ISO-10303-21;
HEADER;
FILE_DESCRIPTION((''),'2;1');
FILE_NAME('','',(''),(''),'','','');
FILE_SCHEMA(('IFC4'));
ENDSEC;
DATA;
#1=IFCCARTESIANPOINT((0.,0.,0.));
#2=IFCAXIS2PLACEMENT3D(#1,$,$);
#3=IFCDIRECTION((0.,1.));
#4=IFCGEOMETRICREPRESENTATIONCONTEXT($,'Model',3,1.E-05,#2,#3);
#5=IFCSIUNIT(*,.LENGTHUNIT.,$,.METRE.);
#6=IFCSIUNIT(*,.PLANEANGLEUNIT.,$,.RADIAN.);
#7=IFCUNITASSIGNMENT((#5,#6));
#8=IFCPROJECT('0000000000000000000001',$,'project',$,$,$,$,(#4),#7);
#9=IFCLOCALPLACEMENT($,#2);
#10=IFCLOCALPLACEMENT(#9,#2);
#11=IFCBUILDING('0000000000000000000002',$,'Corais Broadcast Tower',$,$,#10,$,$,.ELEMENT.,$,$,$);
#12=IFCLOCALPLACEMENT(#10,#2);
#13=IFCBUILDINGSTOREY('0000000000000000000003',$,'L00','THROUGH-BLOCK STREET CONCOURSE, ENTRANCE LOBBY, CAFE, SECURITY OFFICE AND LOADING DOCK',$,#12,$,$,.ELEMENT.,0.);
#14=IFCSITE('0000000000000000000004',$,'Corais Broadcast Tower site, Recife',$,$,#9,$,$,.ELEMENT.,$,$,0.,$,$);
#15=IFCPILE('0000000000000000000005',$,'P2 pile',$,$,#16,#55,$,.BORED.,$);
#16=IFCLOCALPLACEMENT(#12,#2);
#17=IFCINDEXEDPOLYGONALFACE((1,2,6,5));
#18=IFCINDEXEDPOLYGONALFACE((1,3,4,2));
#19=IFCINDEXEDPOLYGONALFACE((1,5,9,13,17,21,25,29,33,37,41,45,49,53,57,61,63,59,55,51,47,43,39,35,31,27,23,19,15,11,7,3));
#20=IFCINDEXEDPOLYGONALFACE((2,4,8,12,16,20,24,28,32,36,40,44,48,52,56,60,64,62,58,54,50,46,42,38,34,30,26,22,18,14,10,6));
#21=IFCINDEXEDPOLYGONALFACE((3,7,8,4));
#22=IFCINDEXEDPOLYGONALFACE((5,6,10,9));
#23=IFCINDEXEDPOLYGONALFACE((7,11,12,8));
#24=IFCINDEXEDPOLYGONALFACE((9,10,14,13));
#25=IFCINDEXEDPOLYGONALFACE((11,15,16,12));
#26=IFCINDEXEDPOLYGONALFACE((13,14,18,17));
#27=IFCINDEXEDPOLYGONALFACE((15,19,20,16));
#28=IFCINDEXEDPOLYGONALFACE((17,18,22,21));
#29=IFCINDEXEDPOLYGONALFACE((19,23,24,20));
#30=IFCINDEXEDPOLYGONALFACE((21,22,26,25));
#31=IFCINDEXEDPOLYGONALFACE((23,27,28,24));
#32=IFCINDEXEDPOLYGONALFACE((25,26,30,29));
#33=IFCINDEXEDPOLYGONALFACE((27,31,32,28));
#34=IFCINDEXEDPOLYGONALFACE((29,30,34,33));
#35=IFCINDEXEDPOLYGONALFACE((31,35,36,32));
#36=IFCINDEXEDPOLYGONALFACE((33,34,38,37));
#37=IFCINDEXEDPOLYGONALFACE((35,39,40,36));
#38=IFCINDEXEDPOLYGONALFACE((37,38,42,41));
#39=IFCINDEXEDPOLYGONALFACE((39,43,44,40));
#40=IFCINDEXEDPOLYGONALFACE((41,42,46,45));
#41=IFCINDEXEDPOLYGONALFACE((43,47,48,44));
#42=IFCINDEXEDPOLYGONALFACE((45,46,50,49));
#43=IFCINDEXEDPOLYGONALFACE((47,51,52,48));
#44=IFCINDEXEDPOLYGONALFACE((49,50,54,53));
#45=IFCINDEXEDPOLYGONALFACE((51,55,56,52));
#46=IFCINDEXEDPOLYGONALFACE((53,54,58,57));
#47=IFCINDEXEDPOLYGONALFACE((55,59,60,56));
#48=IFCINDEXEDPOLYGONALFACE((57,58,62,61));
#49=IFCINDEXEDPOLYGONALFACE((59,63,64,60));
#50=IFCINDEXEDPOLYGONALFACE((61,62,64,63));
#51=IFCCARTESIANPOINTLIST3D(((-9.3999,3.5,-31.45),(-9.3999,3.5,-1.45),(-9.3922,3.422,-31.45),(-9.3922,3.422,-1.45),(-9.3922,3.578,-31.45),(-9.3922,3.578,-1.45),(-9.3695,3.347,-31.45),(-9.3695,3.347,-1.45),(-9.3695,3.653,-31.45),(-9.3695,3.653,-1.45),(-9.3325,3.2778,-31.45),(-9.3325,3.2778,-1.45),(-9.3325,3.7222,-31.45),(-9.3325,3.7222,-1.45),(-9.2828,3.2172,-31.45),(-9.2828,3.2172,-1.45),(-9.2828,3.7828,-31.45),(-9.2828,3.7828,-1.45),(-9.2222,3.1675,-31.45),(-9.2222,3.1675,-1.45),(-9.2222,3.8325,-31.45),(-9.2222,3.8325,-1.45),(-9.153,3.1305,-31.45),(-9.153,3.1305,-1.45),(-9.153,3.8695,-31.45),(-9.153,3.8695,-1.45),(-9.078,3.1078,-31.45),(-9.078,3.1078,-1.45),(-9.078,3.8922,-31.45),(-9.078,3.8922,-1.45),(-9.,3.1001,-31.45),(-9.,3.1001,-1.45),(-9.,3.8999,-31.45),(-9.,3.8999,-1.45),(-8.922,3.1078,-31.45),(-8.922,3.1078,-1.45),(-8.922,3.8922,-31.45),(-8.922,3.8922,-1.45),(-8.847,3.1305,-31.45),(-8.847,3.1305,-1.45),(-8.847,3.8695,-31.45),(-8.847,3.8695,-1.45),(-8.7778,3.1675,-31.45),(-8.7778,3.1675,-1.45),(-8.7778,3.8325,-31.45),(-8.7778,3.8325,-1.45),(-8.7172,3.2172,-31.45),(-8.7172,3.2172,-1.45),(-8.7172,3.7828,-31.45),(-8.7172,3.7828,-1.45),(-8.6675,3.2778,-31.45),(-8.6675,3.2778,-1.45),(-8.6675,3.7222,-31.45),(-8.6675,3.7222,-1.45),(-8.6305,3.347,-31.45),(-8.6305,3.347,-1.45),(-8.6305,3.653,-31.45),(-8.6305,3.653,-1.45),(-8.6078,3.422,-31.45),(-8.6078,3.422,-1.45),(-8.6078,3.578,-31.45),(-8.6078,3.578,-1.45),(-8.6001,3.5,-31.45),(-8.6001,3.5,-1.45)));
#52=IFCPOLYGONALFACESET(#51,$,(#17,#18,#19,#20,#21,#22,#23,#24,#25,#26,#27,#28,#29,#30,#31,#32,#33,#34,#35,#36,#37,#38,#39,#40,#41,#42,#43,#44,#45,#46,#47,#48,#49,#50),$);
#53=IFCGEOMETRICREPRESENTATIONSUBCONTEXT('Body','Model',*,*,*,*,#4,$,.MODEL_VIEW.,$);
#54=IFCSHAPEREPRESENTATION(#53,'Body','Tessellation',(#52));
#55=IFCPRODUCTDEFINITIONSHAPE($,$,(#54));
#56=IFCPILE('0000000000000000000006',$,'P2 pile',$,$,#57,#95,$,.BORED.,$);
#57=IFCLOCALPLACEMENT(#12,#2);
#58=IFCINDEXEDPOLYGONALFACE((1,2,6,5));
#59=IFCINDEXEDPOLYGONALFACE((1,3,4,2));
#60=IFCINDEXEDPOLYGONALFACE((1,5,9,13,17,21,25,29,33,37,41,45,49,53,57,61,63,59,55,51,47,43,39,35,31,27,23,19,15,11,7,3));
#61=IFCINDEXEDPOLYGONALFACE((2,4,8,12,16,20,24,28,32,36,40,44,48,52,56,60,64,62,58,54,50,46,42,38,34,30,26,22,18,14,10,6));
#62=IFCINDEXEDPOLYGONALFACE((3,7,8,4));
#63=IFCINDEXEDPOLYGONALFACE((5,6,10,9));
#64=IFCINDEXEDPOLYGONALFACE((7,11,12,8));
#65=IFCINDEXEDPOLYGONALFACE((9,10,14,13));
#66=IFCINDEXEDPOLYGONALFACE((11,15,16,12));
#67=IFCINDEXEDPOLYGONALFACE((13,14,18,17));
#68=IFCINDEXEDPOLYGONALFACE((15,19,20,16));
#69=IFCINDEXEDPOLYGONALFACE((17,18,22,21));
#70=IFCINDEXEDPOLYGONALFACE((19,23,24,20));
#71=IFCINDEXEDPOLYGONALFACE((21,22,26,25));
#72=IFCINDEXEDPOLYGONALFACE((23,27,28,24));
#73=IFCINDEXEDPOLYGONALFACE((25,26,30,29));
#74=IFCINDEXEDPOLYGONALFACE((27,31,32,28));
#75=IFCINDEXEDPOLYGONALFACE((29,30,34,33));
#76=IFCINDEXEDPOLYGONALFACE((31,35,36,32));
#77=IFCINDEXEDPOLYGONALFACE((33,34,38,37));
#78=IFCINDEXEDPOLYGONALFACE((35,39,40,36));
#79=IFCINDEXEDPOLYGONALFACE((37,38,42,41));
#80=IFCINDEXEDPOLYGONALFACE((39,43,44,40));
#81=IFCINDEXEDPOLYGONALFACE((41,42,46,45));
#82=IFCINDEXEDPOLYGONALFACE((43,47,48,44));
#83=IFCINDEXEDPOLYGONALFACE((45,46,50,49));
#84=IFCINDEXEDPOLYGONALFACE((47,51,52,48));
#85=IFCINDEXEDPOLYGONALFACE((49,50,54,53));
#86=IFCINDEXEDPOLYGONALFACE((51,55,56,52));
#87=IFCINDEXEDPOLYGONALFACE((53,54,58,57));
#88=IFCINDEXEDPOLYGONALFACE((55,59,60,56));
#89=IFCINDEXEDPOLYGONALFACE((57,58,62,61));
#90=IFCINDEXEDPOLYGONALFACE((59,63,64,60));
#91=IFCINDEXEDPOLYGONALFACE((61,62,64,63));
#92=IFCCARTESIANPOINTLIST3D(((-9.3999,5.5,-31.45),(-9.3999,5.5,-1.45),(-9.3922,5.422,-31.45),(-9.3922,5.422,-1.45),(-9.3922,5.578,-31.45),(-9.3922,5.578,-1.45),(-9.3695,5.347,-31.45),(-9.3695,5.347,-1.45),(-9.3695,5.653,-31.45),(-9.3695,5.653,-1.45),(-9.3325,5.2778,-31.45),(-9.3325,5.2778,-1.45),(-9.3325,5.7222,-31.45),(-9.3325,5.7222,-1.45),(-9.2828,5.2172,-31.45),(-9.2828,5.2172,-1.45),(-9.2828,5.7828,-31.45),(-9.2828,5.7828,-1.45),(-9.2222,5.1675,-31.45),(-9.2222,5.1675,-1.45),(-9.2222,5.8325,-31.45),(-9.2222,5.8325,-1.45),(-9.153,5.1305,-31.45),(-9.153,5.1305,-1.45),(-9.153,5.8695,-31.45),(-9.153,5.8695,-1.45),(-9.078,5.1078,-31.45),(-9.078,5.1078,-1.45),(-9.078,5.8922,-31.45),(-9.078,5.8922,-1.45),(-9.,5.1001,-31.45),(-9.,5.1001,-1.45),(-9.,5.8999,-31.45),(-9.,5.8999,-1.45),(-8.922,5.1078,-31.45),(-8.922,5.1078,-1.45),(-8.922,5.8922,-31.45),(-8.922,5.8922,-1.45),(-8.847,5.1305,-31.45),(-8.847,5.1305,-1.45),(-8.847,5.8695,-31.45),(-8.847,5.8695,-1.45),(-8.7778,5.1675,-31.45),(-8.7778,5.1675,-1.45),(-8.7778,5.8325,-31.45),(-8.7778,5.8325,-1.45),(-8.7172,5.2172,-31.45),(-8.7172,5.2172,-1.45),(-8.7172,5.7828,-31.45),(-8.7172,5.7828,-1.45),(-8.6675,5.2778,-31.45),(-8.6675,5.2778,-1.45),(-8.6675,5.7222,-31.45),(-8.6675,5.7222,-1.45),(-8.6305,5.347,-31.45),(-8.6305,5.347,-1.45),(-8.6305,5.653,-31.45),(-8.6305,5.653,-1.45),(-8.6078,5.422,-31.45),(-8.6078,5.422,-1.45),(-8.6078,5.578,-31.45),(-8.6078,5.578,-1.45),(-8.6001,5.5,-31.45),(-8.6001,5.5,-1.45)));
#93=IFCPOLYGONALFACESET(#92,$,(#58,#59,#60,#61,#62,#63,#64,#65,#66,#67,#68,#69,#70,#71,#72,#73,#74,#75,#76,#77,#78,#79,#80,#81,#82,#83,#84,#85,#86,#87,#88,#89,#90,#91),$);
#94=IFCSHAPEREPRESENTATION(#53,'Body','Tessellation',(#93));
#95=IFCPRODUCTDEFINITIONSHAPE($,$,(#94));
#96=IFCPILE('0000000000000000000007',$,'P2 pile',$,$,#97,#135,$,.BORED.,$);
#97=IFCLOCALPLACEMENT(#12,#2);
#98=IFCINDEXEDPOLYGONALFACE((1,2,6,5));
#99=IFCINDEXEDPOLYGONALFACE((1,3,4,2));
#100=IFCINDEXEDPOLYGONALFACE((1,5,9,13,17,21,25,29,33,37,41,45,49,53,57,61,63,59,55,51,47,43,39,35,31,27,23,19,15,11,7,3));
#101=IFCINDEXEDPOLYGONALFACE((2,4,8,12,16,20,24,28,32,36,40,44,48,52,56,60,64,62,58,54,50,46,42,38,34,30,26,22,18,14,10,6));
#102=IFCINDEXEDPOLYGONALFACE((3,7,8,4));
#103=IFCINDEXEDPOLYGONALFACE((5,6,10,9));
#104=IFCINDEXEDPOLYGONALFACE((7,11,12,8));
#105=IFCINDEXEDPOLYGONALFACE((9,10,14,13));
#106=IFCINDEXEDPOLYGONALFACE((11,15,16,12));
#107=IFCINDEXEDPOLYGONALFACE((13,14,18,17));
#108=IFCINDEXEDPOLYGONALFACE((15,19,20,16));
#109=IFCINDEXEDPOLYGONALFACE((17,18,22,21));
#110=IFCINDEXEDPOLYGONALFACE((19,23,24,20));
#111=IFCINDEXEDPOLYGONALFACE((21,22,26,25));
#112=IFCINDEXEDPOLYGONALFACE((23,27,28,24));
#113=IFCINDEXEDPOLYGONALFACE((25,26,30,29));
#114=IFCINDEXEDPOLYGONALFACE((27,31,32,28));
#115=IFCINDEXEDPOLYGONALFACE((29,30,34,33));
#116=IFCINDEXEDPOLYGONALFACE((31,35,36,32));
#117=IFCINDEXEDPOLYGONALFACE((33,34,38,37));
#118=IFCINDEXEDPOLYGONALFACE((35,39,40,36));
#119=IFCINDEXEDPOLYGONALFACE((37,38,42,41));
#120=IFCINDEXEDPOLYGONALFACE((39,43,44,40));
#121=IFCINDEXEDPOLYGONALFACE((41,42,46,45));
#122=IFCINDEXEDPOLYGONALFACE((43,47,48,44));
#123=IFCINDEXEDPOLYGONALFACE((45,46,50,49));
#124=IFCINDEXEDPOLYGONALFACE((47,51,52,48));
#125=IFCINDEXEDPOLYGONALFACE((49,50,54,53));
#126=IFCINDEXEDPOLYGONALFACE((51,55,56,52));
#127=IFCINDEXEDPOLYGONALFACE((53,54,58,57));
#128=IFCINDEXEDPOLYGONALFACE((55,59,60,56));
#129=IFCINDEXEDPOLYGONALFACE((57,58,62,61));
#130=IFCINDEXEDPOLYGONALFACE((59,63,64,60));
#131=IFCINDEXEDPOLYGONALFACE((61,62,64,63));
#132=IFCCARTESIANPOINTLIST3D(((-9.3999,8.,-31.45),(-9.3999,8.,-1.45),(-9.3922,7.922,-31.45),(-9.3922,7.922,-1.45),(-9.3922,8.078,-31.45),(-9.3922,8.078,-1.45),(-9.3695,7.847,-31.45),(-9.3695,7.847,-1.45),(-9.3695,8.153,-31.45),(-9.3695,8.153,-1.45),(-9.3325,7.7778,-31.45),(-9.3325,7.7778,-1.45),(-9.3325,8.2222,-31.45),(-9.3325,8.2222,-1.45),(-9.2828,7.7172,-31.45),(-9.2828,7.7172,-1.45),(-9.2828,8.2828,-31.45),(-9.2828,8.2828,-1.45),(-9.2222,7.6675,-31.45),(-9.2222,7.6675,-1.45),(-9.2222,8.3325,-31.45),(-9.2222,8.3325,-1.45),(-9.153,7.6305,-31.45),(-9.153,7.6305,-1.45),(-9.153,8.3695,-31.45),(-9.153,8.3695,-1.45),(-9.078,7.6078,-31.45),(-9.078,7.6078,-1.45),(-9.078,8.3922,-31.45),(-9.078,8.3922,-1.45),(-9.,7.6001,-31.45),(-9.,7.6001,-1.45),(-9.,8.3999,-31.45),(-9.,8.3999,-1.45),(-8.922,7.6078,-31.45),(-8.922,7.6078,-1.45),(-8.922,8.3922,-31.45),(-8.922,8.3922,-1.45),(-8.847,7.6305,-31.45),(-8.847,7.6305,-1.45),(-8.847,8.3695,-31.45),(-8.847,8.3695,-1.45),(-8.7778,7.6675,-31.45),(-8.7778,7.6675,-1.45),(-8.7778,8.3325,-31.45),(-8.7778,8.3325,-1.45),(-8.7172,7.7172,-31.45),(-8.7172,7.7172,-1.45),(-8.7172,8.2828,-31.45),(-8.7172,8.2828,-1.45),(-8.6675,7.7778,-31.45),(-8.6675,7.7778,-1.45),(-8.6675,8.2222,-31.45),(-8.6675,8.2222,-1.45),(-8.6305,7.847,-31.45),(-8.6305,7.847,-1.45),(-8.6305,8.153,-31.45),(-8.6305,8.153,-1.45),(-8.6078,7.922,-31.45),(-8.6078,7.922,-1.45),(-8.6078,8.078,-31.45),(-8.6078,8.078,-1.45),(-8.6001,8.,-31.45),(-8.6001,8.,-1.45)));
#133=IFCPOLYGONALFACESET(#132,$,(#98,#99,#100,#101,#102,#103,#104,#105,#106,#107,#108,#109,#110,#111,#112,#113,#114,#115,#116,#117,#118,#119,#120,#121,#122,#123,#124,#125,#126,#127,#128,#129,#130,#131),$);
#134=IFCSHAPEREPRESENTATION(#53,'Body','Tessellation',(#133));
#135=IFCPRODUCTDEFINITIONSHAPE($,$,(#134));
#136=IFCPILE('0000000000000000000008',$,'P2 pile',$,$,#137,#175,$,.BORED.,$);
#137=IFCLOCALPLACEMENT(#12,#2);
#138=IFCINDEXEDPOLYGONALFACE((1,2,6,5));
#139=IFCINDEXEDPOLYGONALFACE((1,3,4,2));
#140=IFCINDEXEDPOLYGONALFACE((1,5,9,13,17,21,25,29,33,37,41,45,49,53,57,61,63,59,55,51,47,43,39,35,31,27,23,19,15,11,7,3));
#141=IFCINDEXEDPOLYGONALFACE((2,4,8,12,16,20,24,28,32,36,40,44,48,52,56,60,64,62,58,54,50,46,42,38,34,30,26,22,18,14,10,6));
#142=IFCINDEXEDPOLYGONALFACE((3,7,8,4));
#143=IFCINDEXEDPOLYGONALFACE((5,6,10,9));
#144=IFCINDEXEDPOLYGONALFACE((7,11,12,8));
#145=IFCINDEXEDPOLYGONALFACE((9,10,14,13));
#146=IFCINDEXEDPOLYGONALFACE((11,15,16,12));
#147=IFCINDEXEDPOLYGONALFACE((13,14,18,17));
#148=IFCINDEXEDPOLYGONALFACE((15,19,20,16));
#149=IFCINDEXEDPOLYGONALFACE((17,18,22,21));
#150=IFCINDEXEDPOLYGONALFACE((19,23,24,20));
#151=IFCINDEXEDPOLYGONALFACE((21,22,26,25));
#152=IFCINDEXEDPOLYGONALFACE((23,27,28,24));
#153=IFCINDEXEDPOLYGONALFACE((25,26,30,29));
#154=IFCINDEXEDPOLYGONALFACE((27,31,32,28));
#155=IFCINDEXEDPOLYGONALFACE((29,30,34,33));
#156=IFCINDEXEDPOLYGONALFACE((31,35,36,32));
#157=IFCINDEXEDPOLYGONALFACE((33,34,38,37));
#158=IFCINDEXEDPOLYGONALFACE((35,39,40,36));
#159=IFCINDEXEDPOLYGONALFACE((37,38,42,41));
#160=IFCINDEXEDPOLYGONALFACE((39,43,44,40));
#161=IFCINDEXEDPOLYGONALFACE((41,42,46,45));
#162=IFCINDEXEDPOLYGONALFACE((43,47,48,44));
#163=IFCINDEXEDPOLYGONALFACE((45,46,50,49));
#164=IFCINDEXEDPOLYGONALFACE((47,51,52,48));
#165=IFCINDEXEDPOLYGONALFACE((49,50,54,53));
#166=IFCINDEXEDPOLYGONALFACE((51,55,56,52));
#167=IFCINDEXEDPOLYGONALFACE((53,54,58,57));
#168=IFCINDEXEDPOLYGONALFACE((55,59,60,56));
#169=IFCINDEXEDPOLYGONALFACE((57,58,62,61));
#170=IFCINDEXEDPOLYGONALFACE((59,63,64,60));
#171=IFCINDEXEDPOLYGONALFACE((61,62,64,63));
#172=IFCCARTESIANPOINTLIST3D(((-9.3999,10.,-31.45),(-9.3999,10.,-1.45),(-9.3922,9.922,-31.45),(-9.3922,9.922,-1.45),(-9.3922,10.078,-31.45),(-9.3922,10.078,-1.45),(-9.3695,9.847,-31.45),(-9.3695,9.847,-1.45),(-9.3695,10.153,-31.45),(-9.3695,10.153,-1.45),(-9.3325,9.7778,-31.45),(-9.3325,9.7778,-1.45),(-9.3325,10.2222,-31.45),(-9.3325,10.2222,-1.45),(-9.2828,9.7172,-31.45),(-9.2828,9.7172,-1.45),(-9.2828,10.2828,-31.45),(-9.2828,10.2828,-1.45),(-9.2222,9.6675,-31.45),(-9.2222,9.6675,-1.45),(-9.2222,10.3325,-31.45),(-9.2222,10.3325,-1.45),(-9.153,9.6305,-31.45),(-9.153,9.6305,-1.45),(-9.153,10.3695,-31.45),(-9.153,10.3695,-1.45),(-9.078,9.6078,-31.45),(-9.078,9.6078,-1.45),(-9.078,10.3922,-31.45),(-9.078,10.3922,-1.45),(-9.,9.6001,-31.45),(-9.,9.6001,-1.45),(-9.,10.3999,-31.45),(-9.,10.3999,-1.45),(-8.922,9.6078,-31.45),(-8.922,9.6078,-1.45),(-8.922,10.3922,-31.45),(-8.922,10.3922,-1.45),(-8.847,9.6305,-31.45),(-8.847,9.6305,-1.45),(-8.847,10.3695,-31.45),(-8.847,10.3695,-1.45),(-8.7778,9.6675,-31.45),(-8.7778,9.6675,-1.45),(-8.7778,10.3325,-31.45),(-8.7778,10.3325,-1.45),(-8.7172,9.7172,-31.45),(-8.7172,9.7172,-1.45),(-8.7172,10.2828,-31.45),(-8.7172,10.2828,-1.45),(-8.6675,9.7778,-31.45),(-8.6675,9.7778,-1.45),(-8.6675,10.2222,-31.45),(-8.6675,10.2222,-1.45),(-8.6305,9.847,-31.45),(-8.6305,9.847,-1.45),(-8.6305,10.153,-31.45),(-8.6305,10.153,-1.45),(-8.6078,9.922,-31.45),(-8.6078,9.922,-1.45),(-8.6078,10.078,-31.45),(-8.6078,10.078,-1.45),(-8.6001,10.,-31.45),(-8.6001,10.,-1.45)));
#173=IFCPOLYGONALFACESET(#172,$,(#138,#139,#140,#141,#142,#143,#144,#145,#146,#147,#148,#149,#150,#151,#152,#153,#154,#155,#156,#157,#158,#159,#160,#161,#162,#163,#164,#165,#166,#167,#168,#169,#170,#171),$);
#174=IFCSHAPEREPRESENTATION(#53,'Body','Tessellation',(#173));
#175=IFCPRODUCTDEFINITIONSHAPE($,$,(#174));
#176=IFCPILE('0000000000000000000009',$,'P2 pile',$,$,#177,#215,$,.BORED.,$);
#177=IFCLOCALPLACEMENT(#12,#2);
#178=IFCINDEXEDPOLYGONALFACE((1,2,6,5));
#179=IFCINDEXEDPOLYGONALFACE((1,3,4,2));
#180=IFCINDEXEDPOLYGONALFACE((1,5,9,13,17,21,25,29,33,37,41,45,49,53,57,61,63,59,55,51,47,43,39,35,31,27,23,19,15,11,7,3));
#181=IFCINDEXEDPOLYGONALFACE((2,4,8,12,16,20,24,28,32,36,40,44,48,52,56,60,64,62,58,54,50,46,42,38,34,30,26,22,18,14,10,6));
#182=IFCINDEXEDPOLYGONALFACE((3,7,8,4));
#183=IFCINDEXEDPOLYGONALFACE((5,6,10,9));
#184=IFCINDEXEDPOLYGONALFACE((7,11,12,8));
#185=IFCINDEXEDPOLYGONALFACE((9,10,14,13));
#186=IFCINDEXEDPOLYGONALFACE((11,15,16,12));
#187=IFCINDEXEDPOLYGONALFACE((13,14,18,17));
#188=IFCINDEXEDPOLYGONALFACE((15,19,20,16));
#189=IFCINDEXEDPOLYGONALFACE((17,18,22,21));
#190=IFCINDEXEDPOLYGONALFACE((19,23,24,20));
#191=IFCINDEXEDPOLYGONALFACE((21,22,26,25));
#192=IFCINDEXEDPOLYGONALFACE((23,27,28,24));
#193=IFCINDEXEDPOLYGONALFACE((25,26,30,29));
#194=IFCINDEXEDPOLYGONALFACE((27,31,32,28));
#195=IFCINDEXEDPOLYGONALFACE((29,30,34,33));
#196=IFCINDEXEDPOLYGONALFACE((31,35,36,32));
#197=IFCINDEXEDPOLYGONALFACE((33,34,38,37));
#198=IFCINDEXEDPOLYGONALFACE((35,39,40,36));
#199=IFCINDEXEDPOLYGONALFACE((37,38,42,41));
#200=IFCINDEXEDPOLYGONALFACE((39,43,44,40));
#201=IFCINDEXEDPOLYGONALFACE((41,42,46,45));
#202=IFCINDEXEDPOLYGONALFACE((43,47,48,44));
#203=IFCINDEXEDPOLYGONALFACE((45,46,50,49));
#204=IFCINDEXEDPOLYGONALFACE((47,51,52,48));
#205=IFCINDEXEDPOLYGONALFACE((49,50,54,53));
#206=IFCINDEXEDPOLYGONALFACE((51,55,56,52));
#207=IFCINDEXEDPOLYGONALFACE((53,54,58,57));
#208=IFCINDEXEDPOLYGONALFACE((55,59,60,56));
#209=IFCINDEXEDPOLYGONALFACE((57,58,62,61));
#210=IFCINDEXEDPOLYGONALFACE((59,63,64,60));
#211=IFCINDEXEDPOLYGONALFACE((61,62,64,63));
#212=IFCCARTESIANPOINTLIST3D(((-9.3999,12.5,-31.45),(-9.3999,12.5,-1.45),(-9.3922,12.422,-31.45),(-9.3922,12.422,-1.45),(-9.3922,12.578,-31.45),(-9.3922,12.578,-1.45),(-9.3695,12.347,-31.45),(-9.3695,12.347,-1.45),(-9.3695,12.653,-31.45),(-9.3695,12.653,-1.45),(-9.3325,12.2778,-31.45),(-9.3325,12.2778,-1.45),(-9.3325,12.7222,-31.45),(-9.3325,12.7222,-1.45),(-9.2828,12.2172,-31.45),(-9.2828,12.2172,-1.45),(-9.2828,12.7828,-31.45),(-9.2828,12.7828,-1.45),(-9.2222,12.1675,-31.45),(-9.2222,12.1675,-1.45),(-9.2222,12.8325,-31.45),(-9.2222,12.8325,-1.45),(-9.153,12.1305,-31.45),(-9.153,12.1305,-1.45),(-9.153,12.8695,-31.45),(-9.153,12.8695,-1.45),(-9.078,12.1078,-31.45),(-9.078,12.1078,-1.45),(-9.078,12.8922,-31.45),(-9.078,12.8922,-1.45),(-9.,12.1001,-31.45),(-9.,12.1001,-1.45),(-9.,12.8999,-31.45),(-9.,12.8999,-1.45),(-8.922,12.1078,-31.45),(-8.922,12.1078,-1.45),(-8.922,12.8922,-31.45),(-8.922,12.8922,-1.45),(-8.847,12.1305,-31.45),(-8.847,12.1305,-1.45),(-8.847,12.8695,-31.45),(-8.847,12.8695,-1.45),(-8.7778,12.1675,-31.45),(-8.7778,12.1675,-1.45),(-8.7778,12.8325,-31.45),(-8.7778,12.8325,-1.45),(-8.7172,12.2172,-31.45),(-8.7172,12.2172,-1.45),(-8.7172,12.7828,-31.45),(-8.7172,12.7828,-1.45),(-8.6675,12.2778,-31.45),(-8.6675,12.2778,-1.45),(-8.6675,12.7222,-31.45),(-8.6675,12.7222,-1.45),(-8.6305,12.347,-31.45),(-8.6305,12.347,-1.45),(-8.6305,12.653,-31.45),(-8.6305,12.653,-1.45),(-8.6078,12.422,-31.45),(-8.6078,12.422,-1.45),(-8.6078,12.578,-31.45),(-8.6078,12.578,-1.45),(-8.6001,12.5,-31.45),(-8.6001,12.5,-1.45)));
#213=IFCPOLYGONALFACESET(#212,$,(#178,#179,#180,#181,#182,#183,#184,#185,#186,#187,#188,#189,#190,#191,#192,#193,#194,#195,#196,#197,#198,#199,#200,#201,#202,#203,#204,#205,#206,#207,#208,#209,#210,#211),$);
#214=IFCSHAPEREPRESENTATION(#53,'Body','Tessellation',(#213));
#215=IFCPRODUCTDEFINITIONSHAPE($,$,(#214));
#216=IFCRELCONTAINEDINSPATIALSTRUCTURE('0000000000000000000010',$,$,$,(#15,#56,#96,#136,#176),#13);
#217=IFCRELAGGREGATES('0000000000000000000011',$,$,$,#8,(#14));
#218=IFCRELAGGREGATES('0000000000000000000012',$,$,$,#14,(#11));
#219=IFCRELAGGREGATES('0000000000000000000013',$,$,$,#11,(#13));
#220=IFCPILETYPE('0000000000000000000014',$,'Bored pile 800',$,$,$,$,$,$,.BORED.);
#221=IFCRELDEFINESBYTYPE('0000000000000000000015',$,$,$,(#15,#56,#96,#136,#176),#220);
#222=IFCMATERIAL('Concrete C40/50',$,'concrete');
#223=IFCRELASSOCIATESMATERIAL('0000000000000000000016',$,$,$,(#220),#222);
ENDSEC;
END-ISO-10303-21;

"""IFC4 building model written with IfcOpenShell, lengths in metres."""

from ifc_helpers import new_model, si_unit, direction, frame, origin, origin_2d, place, context, subcontext, project, spatial, circle, extrude, material, type_object, element, save


model = new_model("IFC4")

# Units and contexts
model_context = context("Model", 3, precision=1e-05, world=origin(), true_north=direction((0.0, 1.0)))
body_context = subcontext(model_context, "Body", "Model", "MODEL_VIEW")
ifc_project = project(units=[si_unit("LENGTHUNIT", "METRE"), si_unit("PLANEANGLEUNIT", "RADIAN")], contexts=[model_context])

# Site, building, storey
site_placement = place(None, origin())
site = spatial("IfcSite", under=ifc_project, at=site_placement, Name="Corais Broadcast Tower site, Recife", CompositionType="ELEMENT", RefElevation=0.0)
building_placement = place(site_placement, origin())
building = spatial("IfcBuilding", under=site, at=building_placement, Name="Corais Broadcast Tower", CompositionType="ELEMENT")
storey_placement = place(building_placement, origin())
storey = spatial("IfcBuildingStorey", under=building, at=storey_placement, Name="L00", Description="THROUGH-BLOCK STREET CONCOURSE, ENTRANCE LOBBY, CAFE, SECURITY OFFICE AND LOADING DOCK", CompositionType="ELEMENT", Elevation=0.0)

# Piles
ifc_material_1 = material(Name="Concrete C40/50", Category="concrete")
pile_type = type_object("IfcPileType", Name="Bored pile 800", PredefinedType="BORED", material=ifc_material_1)
for number, where, z_axis, x_axis, name in (
    (1, (-9.0, 3.5, -1.45), (0.0, 0.0, -1.0), (1.0, 0.0, 0.0), "P2 pile"),
    (2, (-9.0, 5.5, -1.45), (0.0, 0.0, -1.0), (1.0, 0.0, 0.0), "P2 pile"),
    (3, (-9.0, 8.0, -1.45), (0.0, 0.0, -1.0), (1.0, 0.0, 0.0), "P2 pile"),
    (4, (-9.0, 10.0, -1.45), (0.0, 0.0, -1.0), (1.0, 0.0, 0.0), "P2 pile"),
    (5, (-9.0, 12.5, -1.45), (0.0, 0.0, -1.0), (1.0, 0.0, 0.0), "P2 pile"),
):
    element("IfcPile", number, at=place(storey_placement, frame(where, z_axis=z_axis, x_axis=x_axis)), inside=storey, type_object=pile_type, Name=name, PredefinedType="BORED", context=body_context, shape_type="SweptSolid", body=[
        extrude(circle(Radius=0.3999, at=origin_2d()), origin(), (0.0, 0.0, 1.0), 30.0),
    ])

save(model, "model.ifc")
